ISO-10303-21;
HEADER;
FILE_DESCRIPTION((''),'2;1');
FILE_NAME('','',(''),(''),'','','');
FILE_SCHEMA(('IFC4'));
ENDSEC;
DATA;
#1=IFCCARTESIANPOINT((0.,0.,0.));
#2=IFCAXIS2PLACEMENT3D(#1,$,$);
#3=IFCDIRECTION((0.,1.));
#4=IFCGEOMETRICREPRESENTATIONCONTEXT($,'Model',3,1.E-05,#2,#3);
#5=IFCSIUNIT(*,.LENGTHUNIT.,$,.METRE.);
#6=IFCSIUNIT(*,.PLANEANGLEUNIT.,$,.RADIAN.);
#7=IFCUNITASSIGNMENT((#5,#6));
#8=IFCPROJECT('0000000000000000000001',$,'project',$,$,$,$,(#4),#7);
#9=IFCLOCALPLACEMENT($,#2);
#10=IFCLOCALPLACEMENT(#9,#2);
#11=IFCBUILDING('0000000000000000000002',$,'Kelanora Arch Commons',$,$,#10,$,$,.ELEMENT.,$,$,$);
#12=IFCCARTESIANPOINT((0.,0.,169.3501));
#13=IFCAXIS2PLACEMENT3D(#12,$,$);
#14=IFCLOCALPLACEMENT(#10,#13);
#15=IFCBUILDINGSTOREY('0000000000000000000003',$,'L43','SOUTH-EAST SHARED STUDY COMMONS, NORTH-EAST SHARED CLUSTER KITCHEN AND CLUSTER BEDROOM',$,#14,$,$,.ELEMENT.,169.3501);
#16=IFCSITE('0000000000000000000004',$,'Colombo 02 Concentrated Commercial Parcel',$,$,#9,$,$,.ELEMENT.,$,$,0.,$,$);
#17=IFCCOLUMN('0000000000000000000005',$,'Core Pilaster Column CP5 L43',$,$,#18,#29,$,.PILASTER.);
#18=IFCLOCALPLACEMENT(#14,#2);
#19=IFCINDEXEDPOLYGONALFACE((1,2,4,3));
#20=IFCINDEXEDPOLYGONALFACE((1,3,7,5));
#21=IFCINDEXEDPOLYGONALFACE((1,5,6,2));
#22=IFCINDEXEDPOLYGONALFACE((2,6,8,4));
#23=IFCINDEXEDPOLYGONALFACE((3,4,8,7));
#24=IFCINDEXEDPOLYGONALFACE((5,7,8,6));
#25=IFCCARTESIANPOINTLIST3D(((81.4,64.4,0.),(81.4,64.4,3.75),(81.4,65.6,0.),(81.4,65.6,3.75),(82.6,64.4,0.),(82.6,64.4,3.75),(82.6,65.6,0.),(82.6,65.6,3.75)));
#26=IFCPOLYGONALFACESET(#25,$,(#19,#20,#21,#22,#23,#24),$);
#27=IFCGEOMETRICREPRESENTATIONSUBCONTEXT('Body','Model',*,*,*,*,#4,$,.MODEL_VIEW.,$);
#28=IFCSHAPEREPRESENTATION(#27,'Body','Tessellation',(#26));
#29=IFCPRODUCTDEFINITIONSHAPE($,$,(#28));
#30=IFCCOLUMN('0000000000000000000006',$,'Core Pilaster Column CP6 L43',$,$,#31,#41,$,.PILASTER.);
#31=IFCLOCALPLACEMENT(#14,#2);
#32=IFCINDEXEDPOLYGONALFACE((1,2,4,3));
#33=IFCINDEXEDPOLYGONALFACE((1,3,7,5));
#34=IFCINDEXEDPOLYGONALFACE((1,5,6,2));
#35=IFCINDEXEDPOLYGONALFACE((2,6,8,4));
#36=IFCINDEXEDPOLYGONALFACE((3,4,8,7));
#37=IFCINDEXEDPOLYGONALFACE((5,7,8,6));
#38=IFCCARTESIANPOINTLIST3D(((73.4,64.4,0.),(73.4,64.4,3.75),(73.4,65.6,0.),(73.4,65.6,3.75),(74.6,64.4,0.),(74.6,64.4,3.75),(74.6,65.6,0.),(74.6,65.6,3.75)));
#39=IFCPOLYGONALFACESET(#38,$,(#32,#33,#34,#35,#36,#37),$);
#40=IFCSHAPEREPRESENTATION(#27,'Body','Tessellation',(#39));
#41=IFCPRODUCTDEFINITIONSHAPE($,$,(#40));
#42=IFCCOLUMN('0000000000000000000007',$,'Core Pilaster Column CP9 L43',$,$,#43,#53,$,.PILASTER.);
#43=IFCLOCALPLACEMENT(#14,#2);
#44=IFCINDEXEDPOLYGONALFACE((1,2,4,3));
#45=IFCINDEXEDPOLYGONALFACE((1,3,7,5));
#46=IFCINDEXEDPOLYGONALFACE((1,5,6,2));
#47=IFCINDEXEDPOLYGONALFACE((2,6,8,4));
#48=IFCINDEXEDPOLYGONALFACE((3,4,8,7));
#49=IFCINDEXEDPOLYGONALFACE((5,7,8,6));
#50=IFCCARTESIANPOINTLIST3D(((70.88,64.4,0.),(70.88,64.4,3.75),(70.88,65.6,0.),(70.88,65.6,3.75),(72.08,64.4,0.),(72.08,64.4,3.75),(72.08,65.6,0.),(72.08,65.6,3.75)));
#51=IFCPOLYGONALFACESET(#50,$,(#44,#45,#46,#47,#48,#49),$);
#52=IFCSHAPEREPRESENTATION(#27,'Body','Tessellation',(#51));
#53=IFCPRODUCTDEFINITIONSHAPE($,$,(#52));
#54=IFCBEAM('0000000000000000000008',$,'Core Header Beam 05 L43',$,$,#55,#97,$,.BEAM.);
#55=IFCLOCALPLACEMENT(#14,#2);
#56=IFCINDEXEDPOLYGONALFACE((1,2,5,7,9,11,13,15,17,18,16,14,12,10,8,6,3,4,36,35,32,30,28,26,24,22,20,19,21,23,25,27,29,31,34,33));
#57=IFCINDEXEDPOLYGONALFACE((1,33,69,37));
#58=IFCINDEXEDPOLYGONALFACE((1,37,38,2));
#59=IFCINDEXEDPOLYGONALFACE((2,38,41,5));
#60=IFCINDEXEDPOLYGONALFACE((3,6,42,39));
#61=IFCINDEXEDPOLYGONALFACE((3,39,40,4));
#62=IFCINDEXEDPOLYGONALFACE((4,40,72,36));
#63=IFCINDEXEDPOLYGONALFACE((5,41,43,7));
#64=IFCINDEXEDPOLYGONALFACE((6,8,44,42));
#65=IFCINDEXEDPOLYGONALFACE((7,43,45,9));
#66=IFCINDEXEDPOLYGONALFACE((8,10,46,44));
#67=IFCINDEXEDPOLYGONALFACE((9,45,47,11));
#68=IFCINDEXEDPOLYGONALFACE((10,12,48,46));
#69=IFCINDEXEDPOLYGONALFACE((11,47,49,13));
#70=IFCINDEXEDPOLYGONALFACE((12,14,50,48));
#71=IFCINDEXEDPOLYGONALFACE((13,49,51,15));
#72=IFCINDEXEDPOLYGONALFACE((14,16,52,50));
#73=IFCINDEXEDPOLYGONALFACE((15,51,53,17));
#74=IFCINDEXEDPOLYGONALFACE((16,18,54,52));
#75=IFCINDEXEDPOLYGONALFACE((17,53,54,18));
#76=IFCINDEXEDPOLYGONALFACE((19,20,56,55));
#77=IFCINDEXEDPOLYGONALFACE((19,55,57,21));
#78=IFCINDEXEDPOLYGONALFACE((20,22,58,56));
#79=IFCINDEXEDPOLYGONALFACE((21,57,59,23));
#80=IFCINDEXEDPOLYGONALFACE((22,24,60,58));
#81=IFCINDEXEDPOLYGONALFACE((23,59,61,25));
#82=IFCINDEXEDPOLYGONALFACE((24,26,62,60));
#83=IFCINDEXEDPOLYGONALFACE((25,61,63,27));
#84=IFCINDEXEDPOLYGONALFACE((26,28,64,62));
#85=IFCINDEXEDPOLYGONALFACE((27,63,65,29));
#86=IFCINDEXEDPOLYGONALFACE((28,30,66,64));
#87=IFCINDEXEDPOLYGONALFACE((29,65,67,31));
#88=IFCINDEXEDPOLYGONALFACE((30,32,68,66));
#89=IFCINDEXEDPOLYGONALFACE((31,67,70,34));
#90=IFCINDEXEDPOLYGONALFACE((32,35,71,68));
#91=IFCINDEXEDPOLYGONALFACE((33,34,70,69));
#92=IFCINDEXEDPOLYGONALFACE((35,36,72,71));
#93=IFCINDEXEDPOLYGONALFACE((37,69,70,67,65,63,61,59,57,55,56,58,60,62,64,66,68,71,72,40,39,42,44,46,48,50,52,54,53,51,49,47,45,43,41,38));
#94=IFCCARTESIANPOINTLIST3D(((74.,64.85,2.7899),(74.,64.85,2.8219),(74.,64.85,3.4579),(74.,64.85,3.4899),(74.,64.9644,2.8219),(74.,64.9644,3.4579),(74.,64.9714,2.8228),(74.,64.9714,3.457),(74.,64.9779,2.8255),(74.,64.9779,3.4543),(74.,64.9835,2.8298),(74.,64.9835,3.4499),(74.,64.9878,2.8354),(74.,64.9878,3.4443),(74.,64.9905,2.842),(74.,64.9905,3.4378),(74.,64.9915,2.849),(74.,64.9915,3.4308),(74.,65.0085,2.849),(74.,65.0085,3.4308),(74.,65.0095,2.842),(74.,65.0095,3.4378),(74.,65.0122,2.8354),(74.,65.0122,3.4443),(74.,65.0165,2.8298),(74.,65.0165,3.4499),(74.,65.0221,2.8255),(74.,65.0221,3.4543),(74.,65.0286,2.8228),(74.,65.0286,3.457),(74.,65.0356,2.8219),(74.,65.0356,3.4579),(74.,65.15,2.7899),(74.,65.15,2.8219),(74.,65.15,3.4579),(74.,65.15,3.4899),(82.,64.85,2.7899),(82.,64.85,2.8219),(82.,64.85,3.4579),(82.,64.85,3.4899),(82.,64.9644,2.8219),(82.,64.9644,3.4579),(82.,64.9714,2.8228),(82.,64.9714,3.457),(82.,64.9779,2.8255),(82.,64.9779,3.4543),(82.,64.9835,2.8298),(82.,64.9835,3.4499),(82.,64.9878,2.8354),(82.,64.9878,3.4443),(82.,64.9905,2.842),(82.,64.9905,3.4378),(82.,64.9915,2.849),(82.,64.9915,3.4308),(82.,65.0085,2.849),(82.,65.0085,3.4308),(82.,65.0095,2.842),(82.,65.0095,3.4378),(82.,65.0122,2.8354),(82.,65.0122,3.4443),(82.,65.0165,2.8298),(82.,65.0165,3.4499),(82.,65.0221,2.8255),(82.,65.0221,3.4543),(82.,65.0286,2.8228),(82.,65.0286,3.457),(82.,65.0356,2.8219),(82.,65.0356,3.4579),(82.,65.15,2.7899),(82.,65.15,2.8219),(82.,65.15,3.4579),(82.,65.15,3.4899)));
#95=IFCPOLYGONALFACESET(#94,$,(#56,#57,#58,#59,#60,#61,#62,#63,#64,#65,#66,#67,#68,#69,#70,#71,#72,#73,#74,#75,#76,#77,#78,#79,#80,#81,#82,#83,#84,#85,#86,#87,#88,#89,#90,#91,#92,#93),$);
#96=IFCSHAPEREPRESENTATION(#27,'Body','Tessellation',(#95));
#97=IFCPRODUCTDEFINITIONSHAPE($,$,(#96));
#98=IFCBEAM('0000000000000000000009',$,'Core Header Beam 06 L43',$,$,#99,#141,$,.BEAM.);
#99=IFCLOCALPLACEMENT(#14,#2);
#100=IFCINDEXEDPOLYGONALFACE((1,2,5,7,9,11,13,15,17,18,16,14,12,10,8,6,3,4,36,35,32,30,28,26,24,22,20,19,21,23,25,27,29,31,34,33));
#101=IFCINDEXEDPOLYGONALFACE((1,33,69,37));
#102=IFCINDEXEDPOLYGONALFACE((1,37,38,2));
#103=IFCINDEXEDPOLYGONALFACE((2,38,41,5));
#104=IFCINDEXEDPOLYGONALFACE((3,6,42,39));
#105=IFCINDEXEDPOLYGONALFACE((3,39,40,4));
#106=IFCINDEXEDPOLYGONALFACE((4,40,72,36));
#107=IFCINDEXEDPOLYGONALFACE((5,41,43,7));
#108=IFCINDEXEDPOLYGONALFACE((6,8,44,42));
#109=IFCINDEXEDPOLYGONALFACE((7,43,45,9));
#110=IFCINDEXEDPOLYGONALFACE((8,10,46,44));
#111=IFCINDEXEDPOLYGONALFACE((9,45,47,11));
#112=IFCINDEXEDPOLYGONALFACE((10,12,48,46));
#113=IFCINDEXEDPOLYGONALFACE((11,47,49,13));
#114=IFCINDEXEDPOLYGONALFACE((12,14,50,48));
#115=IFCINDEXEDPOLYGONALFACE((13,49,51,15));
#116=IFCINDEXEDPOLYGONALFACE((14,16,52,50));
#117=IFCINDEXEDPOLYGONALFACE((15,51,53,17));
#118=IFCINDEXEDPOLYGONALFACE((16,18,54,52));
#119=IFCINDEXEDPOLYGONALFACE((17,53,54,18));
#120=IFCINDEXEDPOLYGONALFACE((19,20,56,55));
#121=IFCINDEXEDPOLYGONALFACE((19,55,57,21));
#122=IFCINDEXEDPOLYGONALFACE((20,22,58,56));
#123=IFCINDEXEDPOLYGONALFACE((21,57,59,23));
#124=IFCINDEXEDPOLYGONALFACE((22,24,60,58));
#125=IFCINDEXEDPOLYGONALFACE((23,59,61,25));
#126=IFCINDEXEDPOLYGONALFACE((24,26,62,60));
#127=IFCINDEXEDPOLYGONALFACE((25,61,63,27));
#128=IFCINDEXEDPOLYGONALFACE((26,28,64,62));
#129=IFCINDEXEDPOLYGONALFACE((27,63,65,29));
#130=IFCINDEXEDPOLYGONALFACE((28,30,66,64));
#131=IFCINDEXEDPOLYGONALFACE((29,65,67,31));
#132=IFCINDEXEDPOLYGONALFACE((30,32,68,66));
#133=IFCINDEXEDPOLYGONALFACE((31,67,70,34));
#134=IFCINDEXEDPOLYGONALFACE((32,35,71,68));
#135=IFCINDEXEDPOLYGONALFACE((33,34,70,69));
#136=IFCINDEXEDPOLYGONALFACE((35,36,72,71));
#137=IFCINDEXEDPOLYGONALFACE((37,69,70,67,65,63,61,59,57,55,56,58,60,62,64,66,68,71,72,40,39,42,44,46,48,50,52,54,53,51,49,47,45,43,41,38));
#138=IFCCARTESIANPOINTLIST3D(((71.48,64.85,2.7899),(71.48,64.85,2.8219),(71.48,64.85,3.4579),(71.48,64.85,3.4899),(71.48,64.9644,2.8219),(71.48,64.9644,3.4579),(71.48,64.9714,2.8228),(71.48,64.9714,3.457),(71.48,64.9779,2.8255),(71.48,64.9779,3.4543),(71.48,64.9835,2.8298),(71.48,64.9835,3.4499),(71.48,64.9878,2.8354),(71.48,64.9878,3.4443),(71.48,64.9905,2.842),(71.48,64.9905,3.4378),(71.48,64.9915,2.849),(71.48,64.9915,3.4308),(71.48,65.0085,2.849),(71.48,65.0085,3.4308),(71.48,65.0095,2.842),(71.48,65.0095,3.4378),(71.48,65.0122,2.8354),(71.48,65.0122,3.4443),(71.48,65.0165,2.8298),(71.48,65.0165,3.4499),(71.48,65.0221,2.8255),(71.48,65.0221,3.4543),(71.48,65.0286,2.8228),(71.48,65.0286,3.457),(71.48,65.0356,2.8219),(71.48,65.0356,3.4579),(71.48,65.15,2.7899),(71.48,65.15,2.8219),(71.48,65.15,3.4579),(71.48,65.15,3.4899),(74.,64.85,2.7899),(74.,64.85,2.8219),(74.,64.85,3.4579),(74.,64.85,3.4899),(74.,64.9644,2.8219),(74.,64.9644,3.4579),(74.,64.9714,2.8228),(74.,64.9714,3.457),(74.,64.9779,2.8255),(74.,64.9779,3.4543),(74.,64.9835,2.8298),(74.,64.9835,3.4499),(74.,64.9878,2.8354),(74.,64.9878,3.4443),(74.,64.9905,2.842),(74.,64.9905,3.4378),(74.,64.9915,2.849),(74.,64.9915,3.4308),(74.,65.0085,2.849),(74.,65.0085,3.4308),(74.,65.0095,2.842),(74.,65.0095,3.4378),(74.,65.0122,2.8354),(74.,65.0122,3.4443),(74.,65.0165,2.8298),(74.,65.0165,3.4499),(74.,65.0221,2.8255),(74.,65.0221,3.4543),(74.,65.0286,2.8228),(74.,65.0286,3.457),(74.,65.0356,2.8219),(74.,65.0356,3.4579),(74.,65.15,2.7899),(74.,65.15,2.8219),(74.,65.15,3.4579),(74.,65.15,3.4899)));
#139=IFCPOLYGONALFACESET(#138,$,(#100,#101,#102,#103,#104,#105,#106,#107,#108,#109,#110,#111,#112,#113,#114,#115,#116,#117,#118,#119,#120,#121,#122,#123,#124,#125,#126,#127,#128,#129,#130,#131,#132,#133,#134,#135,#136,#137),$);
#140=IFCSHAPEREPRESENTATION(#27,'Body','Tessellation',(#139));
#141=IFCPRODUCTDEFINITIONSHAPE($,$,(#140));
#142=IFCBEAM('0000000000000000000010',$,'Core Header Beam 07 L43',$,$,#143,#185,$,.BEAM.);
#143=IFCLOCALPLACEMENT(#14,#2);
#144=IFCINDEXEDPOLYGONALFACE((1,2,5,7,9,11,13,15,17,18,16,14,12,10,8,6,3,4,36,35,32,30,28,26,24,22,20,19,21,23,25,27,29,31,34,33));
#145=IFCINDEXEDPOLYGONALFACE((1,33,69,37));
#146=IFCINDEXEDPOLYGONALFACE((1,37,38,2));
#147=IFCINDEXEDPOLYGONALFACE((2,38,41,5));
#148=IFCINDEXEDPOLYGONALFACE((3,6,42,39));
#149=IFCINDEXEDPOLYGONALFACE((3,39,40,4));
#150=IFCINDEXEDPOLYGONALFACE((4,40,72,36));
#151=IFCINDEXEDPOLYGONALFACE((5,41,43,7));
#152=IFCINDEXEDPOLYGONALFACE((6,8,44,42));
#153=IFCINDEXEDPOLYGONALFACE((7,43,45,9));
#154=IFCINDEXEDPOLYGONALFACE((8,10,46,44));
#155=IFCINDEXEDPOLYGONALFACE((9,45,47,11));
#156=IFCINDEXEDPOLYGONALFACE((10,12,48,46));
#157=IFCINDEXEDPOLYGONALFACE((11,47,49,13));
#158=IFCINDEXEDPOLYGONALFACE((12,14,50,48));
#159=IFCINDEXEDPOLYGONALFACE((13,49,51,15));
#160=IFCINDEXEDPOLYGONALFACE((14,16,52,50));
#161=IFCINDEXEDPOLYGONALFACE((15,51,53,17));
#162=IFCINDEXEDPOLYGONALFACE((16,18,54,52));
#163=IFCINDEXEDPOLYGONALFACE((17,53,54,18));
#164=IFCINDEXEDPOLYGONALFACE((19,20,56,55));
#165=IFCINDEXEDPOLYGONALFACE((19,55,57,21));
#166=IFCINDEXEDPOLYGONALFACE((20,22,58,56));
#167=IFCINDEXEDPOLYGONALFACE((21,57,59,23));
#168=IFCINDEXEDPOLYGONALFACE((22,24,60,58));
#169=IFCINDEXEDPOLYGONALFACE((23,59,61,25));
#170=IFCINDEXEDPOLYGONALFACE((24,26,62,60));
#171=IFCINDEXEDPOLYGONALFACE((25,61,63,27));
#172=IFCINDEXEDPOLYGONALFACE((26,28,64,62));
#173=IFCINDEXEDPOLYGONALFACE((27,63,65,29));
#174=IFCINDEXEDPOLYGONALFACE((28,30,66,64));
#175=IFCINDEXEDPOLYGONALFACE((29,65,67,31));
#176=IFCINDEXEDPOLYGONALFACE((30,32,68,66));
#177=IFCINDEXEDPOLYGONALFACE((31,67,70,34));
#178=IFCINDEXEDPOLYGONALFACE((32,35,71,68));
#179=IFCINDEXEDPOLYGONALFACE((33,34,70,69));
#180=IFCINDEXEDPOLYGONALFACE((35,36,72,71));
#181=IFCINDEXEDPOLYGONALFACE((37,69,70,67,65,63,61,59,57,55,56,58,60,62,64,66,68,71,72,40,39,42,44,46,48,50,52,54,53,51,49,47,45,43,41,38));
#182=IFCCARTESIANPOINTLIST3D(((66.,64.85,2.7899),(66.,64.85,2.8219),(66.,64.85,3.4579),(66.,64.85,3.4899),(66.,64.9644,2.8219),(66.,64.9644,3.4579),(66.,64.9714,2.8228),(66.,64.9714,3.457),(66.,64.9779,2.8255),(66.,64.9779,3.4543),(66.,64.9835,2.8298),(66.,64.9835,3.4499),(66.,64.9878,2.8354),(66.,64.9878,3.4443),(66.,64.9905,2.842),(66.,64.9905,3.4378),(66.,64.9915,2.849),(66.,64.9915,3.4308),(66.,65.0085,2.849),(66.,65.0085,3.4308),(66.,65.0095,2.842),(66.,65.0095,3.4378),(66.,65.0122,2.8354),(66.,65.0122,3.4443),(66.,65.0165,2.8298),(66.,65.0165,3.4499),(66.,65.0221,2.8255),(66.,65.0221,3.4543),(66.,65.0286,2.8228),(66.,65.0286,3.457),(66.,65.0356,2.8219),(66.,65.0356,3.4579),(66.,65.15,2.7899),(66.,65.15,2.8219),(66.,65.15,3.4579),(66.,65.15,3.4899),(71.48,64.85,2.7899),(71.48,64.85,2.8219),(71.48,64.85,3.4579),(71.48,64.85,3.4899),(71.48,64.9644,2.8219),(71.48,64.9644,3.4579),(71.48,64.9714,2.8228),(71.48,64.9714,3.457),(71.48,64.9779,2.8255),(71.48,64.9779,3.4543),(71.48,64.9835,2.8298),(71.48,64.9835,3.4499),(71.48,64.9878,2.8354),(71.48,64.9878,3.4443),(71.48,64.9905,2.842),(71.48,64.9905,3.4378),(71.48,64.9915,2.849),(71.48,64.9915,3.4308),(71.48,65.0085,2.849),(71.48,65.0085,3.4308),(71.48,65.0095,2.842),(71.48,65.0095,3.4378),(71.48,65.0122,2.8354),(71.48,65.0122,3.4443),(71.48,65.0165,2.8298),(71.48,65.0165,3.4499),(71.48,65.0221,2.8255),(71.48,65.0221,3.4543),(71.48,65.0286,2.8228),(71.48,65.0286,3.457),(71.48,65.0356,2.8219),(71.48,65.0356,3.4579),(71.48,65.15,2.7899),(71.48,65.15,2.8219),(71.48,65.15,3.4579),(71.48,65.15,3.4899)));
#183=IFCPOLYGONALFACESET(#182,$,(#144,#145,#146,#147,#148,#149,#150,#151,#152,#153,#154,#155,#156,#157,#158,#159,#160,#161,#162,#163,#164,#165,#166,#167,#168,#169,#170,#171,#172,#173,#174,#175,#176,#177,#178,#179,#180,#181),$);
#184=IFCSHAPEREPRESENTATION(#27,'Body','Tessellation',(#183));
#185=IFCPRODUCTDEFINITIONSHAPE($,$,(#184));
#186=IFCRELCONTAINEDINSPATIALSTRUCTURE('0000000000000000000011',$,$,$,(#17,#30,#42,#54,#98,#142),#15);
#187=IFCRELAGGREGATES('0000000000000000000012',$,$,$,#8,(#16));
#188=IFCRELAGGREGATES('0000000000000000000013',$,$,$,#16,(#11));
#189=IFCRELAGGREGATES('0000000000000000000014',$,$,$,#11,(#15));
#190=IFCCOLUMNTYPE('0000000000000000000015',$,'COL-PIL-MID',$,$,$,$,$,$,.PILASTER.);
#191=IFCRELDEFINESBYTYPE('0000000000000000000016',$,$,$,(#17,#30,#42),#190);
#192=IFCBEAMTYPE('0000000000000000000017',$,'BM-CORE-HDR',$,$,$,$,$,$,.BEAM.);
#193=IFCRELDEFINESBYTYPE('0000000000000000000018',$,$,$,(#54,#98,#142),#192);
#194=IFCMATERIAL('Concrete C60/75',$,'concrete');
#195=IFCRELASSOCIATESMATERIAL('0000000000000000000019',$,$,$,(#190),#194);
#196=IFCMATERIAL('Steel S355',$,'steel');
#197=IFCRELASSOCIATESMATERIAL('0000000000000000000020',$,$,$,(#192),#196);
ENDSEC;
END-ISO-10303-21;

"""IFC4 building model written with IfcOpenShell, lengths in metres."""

from ifc_helpers import new_model, si_unit, direction, frame, origin, origin_2d, place, context, subcontext, project, spatial, rectangle, i_section, extrude, material, material_profile, profile_set, type_object, element, save


model = new_model("IFC4")

# Units and contexts
model_context = context("Model", 3, precision=1e-05, world=origin(), true_north=direction((0.0, 1.0)))
body_context = subcontext(model_context, "Body", "Model", "MODEL_VIEW")
ifc_project = project(units=[si_unit("LENGTHUNIT", "METRE"), si_unit("PLANEANGLEUNIT", "RADIAN")], contexts=[model_context])

# Site, building, storey
site_placement = place(None, origin())
site = spatial("IfcSite", under=ifc_project, at=site_placement, Name="Colombo 02 Concentrated Commercial Parcel", CompositionType="ELEMENT", RefElevation=0.0)
building_placement = place(site_placement, origin())
building = spatial("IfcBuilding", under=site, at=building_placement, Name="Kelanora Arch Commons", CompositionType="ELEMENT")
storey_placement = place(building_placement, frame((0.0, 0.0, 169.3501)))
storey = spatial("IfcBuildingStorey", under=building, at=storey_placement, Name="L43", Description="SOUTH-EAST SHARED STUDY COMMONS, NORTH-EAST SHARED CLUSTER KITCHEN AND CLUSTER BEDROOM", CompositionType="ELEMENT", Elevation=169.3501)

# Columns
ifc_material_1 = material(Name="Concrete C60/75", Category="concrete")
ifc_material_profile_1 = material_profile(ifc_material_1, rectangle(XDim=1.2, YDim=1.2, at=origin_2d()), Name="RC1200x1200")
ifc_profile_set_1 = profile_set([ifc_material_profile_1], Name="Concrete C60/75")
column_type = type_object("IfcColumnType", Name="COL-PIL-MID", PredefinedType="PILASTER", material=ifc_profile_set_1)
for number, where, z_axis, x_axis, name in (
    (1, (82.0, 65.0, 0.0), (0.0, 0.0, 1.0), (1.0, 0.0, 0.0), "Core Pilaster Column CP5 L43"),
    (2, (74.0, 65.0, 0.0), (0.0, 0.0, 1.0), (1.0, 0.0, 0.0), "Core Pilaster Column CP6 L43"),
    (3, (71.48, 65.0, 0.0), (0.0, 0.0, 1.0), (1.0, 0.0, 0.0), "Core Pilaster Column CP9 L43"),
):
    element("IfcColumn", number, at=place(storey_placement, frame(where, z_axis=z_axis, x_axis=x_axis)), inside=storey, type_object=column_type, Name=name, PredefinedType="PILASTER", context=body_context, shape_type="SweptSolid", body=[
        extrude(rectangle(XDim=1.2, YDim=1.2, at=origin_2d()), origin(), (0.0, 0.0, 1.0), 3.75),
    ])

# Beams
ifc_material_2 = material(Name="Steel S355", Category="steel")
ifc_material_profile_2 = material_profile(ifc_material_2, i_section(OverallWidth=0.3, OverallDepth=0.7, WebThickness=0.0171, FlangeThickness=0.032, FilletRadius=0.0271, at=origin_2d()), Name="HEB700")
ifc_profile_set_2 = profile_set([ifc_material_profile_2], Name="Steel S355")
beam_type_1 = type_object("IfcBeamType", Name="BM-CORE-HDR", PredefinedType="BEAM", material=ifc_profile_set_2)
beam_1_placement = place(storey_placement, frame((82.0, 65.0, 3.1399), z_axis=(-1.0, 0.0, 0.0), x_axis=(0.0, -1.0, 0.0)))
element("IfcBeam", 4, at=beam_1_placement, inside=storey, type_object=beam_type_1, Name="Core Header Beam 05 L43", PredefinedType="BEAM", context=body_context, shape_type="SweptSolid", body=[
    extrude(i_section(OverallWidth=0.3, OverallDepth=0.7, WebThickness=0.0171, FlangeThickness=0.032, FilletRadius=0.0271, at=origin_2d()), origin(), (0.0, 0.0, 1.0), 8.0),
])
beam_2_placement = place(storey_placement, frame((74.0, 65.0, 3.1399), z_axis=(-1.0, 0.0, 0.0), x_axis=(0.0, -1.0, 0.0)))
element("IfcBeam", 5, at=beam_2_placement, inside=storey, type_object=beam_type_1, Name="Core Header Beam 06 L43", PredefinedType="BEAM", context=body_context, shape_type="SweptSolid", body=[
    extrude(i_section(OverallWidth=0.3, OverallDepth=0.7, WebThickness=0.0171, FlangeThickness=0.032, FilletRadius=0.0271, at=origin_2d()), origin(), (0.0, 0.0, 1.0), 2.52),
])
beam_3_placement = place(storey_placement, frame((71.48, 65.0, 3.1399), z_axis=(-1.0, 0.0, 0.0), x_axis=(0.0, -1.0, 0.0)))
element("IfcBeam", 6, at=beam_3_placement, inside=storey, type_object=beam_type_1, Name="Core Header Beam 07 L43", PredefinedType="BEAM", context=body_context, shape_type="SweptSolid", body=[
    extrude(i_section(OverallWidth=0.3, OverallDepth=0.7, WebThickness=0.0171, FlangeThickness=0.032, FilletRadius=0.0271, at=origin_2d()), origin(), (0.0, 0.0, 1.0), 5.48),
])

save(model, "model.ifc")
